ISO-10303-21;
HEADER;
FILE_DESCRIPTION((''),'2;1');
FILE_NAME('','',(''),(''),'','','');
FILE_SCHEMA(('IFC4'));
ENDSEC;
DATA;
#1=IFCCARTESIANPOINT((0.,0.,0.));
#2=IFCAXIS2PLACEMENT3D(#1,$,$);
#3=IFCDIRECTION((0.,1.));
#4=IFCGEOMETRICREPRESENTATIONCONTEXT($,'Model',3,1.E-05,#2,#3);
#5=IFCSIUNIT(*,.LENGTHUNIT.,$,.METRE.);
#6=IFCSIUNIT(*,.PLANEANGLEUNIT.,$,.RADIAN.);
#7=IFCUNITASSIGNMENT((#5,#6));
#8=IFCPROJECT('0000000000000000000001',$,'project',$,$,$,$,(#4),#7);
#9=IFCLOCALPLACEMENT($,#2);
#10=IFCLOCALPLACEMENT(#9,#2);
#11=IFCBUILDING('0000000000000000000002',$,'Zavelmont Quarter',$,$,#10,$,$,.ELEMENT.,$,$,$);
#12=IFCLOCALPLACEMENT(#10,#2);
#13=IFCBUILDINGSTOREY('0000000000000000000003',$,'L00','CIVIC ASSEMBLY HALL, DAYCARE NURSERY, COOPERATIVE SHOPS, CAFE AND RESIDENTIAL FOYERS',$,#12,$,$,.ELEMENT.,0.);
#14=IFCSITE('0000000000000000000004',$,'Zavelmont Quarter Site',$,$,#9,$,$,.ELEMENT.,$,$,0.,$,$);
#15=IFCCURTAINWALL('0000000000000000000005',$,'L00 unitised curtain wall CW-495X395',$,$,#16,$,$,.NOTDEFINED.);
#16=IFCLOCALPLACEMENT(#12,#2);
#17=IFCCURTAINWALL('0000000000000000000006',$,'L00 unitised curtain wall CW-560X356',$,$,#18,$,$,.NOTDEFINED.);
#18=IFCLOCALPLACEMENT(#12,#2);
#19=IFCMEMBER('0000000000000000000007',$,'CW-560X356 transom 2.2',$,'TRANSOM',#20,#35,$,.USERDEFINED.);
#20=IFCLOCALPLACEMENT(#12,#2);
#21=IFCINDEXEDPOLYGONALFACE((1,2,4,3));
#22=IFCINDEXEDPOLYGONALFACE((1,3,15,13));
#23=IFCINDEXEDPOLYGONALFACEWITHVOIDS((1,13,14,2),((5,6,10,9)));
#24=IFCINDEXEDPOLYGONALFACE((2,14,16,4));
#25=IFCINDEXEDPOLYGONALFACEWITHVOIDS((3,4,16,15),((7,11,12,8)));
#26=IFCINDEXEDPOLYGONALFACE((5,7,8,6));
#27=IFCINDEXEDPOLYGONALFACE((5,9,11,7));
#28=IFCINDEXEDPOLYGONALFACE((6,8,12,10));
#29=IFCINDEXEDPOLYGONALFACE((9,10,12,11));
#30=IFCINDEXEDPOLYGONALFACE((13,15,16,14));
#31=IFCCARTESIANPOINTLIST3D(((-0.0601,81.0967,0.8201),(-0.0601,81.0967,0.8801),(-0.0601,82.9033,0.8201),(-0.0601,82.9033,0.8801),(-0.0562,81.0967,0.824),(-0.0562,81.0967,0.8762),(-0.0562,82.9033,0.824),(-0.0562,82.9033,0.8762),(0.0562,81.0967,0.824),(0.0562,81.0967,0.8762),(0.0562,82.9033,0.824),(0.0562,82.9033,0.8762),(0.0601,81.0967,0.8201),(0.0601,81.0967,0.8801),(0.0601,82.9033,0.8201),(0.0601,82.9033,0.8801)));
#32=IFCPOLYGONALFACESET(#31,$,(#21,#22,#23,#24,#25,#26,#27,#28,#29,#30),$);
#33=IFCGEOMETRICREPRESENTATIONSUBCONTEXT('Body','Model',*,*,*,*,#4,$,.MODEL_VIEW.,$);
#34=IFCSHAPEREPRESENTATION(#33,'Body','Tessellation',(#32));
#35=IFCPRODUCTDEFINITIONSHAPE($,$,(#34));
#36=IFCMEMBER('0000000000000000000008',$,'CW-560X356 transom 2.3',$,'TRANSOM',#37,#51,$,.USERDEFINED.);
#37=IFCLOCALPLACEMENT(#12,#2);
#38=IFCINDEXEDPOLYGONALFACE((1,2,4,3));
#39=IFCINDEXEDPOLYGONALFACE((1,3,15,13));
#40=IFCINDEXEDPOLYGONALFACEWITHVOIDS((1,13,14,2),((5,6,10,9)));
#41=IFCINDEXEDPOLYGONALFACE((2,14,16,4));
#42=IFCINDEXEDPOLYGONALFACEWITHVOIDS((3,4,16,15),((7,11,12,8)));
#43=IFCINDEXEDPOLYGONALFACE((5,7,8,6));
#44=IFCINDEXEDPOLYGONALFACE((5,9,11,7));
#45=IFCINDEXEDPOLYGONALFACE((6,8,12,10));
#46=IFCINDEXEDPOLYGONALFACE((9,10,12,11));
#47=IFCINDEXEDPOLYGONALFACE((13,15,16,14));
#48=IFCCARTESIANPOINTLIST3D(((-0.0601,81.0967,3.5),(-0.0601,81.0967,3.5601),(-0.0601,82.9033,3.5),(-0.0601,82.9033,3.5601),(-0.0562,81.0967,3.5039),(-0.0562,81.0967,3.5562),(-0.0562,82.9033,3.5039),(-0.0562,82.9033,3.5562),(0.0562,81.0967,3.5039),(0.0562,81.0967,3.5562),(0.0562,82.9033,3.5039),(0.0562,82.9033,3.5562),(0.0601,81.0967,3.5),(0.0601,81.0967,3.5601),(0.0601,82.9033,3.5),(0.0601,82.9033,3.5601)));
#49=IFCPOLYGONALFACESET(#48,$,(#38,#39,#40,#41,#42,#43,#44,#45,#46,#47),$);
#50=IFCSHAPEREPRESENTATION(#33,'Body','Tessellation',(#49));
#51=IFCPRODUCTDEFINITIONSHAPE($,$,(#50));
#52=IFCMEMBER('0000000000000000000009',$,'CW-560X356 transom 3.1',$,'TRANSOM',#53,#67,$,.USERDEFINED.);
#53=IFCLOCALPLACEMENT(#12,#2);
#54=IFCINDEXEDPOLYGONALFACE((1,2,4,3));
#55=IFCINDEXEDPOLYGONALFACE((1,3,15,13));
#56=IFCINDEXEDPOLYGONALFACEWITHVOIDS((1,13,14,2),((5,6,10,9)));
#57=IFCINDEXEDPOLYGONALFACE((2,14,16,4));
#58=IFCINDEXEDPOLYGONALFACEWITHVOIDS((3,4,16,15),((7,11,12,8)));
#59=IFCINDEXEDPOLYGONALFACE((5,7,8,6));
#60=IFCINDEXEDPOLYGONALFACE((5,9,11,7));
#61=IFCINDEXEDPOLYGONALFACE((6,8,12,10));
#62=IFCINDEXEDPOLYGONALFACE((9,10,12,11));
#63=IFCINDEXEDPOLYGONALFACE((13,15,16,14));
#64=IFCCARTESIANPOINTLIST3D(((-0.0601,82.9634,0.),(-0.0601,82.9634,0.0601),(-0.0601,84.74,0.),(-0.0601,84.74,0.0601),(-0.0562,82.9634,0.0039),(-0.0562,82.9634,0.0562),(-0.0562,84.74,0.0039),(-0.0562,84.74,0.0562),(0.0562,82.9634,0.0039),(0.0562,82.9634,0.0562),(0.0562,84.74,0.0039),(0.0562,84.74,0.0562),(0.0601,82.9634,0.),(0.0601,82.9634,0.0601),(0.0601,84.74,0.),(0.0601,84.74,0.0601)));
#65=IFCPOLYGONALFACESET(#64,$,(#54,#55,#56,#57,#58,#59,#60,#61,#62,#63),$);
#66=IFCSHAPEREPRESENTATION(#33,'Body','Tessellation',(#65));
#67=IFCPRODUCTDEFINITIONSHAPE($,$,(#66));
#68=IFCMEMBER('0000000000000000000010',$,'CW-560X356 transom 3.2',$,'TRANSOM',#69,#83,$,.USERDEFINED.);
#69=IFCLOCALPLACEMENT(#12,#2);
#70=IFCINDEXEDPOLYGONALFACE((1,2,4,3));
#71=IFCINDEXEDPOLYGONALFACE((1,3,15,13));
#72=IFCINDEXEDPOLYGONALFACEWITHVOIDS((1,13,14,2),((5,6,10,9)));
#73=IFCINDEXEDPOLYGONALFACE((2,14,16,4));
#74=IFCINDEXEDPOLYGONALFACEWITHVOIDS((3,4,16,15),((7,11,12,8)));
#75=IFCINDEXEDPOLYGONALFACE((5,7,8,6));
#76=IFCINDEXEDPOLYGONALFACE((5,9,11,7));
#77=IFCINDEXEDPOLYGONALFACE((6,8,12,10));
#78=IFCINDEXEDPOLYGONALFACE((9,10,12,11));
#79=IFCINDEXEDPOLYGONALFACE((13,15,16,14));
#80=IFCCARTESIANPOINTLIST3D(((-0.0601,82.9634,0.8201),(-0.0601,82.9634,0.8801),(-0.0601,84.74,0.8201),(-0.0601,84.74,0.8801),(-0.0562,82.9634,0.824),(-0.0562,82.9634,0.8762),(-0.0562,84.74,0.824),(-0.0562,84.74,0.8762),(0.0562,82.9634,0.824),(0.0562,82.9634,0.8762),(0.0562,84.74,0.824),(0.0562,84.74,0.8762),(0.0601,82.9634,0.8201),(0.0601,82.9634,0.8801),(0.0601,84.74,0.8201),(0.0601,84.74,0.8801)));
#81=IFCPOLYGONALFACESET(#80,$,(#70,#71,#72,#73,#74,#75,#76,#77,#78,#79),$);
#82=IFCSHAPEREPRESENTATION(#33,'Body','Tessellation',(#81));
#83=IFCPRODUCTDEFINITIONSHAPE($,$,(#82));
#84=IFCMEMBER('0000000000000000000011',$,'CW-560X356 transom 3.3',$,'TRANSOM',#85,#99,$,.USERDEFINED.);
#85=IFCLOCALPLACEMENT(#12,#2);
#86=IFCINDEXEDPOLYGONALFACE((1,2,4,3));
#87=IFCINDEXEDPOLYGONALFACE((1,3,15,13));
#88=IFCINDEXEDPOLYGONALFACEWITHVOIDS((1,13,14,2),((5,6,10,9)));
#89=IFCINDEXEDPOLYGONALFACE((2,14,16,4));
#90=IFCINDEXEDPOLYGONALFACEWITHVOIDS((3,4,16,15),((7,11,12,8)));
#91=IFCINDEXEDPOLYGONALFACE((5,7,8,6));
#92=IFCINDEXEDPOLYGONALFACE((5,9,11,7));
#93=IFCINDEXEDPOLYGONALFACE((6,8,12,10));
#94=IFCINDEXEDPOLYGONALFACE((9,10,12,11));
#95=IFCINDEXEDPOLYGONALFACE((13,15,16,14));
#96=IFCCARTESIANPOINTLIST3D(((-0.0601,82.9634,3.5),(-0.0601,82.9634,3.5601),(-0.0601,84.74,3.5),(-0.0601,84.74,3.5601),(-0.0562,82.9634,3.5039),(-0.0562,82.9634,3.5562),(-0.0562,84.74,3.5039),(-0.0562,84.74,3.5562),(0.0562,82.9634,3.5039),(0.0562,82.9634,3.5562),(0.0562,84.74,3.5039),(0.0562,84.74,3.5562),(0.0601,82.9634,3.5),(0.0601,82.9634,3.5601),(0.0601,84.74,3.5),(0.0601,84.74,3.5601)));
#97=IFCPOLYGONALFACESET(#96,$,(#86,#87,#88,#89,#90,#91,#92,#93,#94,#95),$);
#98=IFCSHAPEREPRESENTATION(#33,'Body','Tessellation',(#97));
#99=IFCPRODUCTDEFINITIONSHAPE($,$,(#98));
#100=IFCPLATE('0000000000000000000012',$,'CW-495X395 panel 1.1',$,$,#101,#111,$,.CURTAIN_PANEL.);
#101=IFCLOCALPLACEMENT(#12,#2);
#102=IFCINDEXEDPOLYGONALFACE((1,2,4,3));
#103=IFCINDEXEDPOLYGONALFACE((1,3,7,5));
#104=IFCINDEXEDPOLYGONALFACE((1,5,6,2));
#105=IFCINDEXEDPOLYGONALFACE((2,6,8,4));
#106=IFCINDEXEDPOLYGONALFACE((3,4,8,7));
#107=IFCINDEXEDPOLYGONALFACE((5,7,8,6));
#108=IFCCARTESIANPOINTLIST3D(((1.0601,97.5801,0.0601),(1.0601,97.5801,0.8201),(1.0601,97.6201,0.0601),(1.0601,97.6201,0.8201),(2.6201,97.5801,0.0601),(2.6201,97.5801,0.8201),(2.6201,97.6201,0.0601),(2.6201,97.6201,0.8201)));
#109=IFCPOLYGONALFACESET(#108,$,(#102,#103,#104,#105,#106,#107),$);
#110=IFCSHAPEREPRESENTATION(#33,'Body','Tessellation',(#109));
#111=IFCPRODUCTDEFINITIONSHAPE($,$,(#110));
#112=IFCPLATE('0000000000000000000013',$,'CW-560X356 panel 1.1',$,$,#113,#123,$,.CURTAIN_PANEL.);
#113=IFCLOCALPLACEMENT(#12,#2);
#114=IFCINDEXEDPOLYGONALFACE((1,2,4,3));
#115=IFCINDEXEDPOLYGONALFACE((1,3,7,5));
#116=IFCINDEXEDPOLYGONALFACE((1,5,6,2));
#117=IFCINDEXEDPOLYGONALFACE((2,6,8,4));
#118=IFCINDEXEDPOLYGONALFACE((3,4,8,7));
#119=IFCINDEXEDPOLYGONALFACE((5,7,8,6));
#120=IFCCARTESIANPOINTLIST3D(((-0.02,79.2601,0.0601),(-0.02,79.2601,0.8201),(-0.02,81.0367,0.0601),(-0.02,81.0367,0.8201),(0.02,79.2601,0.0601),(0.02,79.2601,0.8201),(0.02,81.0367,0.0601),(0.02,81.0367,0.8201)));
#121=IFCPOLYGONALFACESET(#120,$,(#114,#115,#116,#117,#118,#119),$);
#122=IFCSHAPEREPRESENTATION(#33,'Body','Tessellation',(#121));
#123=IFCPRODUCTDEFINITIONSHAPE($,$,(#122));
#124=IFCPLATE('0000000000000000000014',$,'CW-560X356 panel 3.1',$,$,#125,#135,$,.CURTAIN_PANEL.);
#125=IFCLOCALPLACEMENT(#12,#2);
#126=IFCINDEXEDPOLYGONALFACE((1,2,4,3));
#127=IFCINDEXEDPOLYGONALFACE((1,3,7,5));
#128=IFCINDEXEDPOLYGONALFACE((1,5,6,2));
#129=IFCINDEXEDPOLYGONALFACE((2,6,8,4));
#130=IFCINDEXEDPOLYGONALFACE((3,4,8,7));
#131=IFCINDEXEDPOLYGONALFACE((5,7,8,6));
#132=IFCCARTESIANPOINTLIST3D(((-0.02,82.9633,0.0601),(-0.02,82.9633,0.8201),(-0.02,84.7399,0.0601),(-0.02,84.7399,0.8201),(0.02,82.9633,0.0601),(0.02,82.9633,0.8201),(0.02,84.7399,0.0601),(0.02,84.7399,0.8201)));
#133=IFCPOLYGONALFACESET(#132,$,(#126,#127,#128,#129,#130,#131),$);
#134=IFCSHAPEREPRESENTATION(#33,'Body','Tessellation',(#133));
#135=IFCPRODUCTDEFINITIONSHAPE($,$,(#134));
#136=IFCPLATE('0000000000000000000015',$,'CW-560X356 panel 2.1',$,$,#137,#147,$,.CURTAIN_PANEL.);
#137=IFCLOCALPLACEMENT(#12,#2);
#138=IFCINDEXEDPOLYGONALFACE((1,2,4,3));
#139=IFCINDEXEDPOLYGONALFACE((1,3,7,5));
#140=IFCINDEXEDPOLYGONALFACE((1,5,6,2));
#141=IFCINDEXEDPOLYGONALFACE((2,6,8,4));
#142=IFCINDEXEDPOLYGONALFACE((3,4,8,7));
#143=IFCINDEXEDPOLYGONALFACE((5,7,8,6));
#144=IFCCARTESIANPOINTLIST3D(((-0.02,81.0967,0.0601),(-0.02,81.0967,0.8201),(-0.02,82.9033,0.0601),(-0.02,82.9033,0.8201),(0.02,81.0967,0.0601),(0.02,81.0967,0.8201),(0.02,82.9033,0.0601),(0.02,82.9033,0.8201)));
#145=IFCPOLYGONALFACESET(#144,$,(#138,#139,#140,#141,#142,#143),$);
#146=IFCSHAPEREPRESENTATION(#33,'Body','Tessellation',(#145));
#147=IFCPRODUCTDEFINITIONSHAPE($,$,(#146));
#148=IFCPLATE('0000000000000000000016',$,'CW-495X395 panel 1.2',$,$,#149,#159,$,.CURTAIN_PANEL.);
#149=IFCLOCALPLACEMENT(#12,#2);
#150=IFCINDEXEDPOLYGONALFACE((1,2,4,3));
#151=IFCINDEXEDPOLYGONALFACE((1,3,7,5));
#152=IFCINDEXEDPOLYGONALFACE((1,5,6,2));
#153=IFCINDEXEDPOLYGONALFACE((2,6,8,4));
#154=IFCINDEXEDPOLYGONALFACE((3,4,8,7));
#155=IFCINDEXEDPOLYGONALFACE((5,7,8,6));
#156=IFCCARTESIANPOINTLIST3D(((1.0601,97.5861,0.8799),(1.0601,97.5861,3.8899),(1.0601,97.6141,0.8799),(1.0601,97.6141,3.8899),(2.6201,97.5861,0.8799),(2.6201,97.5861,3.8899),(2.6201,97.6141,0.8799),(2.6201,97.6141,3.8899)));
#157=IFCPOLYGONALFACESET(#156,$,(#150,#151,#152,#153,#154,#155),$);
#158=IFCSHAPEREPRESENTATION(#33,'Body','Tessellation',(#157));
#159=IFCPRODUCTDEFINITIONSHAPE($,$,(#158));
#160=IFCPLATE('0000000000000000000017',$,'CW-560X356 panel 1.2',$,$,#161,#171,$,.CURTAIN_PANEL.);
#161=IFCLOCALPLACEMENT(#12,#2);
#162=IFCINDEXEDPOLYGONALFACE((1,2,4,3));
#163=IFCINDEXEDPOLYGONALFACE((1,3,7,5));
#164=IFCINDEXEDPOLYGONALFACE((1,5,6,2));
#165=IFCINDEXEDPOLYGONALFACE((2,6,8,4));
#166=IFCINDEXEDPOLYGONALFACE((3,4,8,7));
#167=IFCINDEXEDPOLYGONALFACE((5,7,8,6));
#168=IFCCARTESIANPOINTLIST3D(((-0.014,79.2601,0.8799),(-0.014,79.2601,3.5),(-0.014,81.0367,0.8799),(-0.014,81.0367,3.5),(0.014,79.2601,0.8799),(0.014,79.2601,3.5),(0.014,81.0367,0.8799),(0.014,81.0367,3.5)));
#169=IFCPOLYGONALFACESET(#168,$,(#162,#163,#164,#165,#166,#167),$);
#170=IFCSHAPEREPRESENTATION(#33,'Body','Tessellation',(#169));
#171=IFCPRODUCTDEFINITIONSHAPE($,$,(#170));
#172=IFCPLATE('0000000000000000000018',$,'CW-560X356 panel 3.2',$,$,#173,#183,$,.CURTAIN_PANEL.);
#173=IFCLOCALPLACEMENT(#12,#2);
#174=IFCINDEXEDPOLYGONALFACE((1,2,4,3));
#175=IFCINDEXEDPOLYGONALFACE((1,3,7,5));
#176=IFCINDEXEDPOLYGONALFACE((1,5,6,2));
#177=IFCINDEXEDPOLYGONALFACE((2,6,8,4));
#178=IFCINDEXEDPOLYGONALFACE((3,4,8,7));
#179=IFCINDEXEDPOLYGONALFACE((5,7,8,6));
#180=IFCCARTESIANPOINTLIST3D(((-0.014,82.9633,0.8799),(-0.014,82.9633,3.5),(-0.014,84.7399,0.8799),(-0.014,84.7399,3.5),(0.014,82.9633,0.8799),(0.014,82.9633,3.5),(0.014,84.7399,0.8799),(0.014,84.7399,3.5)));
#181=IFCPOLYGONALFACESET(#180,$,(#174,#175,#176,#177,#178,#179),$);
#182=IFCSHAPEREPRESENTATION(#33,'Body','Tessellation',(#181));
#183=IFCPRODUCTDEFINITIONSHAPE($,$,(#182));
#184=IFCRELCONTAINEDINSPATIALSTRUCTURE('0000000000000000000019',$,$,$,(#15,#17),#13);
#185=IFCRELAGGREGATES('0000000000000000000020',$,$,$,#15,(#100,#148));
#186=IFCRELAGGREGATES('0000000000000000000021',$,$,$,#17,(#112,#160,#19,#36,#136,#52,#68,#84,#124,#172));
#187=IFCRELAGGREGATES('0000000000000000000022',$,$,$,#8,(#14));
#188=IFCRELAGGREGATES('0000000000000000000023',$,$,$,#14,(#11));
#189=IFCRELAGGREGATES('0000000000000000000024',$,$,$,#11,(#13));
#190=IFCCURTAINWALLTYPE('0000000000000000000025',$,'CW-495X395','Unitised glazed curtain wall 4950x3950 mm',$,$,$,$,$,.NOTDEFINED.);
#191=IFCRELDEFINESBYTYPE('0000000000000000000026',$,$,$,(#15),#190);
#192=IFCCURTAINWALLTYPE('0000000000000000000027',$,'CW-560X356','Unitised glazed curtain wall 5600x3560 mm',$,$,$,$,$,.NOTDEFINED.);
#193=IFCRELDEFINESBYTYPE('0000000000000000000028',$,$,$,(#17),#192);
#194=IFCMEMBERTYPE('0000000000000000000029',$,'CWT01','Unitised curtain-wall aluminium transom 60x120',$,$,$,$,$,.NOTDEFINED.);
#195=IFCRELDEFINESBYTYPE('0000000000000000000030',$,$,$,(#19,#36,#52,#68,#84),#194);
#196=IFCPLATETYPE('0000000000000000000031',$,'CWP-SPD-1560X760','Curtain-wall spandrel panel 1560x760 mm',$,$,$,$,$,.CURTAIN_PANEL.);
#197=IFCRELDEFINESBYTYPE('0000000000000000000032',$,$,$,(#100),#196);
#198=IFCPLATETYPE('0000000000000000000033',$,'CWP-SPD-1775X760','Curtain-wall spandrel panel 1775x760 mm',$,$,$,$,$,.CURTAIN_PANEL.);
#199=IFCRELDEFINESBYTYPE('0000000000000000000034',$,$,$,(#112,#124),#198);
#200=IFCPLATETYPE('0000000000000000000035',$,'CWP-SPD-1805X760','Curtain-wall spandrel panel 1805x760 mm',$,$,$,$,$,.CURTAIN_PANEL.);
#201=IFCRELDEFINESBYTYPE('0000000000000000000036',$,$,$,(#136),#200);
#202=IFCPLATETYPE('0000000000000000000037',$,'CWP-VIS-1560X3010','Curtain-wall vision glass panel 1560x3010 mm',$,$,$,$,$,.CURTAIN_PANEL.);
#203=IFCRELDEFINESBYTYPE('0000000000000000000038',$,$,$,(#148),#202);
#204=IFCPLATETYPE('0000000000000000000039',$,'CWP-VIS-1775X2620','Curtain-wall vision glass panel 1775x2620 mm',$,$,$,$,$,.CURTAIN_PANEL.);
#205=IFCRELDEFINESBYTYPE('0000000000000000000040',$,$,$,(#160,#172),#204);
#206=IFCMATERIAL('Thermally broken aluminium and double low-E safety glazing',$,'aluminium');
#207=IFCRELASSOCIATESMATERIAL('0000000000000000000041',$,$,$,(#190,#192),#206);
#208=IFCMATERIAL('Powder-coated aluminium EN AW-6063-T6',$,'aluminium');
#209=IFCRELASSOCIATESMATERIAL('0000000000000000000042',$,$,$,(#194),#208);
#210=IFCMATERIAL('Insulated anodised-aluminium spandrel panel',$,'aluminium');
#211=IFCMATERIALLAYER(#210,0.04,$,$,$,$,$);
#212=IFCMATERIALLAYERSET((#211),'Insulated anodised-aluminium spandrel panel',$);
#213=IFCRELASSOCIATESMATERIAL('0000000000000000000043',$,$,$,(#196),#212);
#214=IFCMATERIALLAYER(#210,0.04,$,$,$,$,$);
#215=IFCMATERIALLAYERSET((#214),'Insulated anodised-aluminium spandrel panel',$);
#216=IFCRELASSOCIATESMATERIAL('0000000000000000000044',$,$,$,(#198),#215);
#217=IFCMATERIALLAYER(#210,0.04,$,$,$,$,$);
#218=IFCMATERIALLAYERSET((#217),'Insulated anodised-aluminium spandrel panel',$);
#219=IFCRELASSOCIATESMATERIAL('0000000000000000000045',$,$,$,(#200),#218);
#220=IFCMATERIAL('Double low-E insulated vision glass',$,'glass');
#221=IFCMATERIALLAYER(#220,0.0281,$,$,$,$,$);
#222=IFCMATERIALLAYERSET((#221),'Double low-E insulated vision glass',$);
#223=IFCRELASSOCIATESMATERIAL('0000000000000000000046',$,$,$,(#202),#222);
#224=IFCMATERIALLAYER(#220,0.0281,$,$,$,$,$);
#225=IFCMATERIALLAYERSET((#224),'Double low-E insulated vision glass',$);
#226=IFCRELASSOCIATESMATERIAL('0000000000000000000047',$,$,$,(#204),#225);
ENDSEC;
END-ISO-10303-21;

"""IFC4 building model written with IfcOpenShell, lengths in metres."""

from ifc_helpers import new_model, si_unit, direction, frame, origin, origin_2d, place, context, subcontext, project, spatial, rectangle, hollow_rectangle, extrude, material, layer, layer_set, material_profile, profile_set, type_object, element, aggregate, save


model = new_model("IFC4")

# Units and contexts
model_context = context("Model", 3, precision=1e-05, world=origin(), true_north=direction((0.0, 1.0)))
body_context = subcontext(model_context, "Body", "Model", "MODEL_VIEW")
ifc_project = project(units=[si_unit("LENGTHUNIT", "METRE"), si_unit("PLANEANGLEUNIT", "RADIAN")], contexts=[model_context])

# Site, building, storey
site_placement = place(None, origin())
site = spatial("IfcSite", under=ifc_project, at=site_placement, Name="Zavelmont Quarter Site", CompositionType="ELEMENT", RefElevation=0.0)
building_placement = place(site_placement, origin())
building = spatial("IfcBuilding", under=site, at=building_placement, Name="Zavelmont Quarter", CompositionType="ELEMENT")
storey_placement = place(building_placement, origin())
storey = spatial("IfcBuildingStorey", under=building, at=storey_placement, Name="L00", Description="CIVIC ASSEMBLY HALL, DAYCARE NURSERY, COOPERATIVE SHOPS, CAFE AND RESIDENTIAL FOYERS", CompositionType="ELEMENT", Elevation=0.0)

# Curtain walls
ifc_material_1 = material(Name="Thermally broken aluminium and double low-E safety glazing", Category="aluminium")
curtain_wall_type_1 = type_object("IfcCurtainWallType", Name="CW-495X395", Description="Unitised glazed curtain wall 4950x3950 mm", PredefinedType="NOTDEFINED", material=ifc_material_1)
curtain_wall_1_placement = place(storey_placement, origin())
curtain_wall_1 = element("IfcCurtainWall", 1, at=curtain_wall_1_placement, inside=storey, type_object=curtain_wall_type_1, Name="L00 unitised curtain wall CW-495X395", PredefinedType="NOTDEFINED")
ifc_material_2 = material(Name="Powder-coated aluminium EN AW-6063-T6", Category="aluminium")
curtain_wall_type_2 = type_object("IfcCurtainWallType", Name="CW-560X356", Description="Unitised glazed curtain wall 5600x3560 mm", PredefinedType="NOTDEFINED", material=ifc_material_1)
curtain_wall_2_placement = place(storey_placement, origin())
curtain_wall_2 = element("IfcCurtainWall", 2, at=curtain_wall_2_placement, inside=storey, type_object=curtain_wall_type_2, Name="L00 unitised curtain wall CW-560X356", PredefinedType="NOTDEFINED")

# Members
ifc_material_profile_1 = material_profile(ifc_material_2, hollow_rectangle(XDim=0.1201, YDim=0.0601, WallThickness=0.0039, at=origin_2d()), Name="CWT60X120")
ifc_profile_set_1 = profile_set([ifc_material_profile_1], Name="Powder-coated aluminium EN AW-6063-T6")
member_type_1 = type_object("IfcMemberType", Name="CWT01", Description="Unitised curtain-wall aluminium transom 60x120", PredefinedType="NOTDEFINED", material=ifc_profile_set_1)
member_1_placement = place(storey_placement, frame((0.0, 81.0967, 0.8501), z_axis=(0.0, 1.0, 0.0), x_axis=(-1.0, 0.0, 0.0)))
member_1 = element("IfcMember", 3, at=member_1_placement, type_object=member_type_1, Name="CW-560X356 transom 2.2", ObjectType="TRANSOM", PredefinedType="USERDEFINED", context=body_context, shape_type="SweptSolid", body=[
    extrude(hollow_rectangle(XDim=0.1201, YDim=0.0601, WallThickness=0.0039, at=origin_2d()), origin(), (0.0, 0.0, 1.0), 1.8066),
])
member_2_placement = place(storey_placement, frame((0.0, 81.0967, 3.53), z_axis=(0.0, 1.0, 0.0), x_axis=(-1.0, 0.0, 0.0)))
member_2 = element("IfcMember", 4, at=member_2_placement, type_object=member_type_1, Name="CW-560X356 transom 2.3", ObjectType="TRANSOM", PredefinedType="USERDEFINED", context=body_context, shape_type="SweptSolid", body=[
    extrude(hollow_rectangle(XDim=0.1201, YDim=0.0601, WallThickness=0.0039, at=origin_2d()), origin(), (0.0, 0.0, 1.0), 1.8066),
])
member_3_placement = place(storey_placement, frame((0.0, 82.9634, 0.03), z_axis=(0.0, 1.0, 0.0), x_axis=(-1.0, 0.0, 0.0)))
member_3 = element("IfcMember", 5, at=member_3_placement, type_object=member_type_1, Name="CW-560X356 transom 3.1", ObjectType="TRANSOM", PredefinedType="USERDEFINED", context=body_context, shape_type="SweptSolid", body=[
    extrude(hollow_rectangle(XDim=0.1201, YDim=0.0601, WallThickness=0.0039, at=origin_2d()), origin(), (0.0, 0.0, 1.0), 1.7766),
])
member_4_placement = place(storey_placement, frame((0.0, 82.9634, 0.8501), z_axis=(0.0, 1.0, 0.0), x_axis=(-1.0, 0.0, 0.0)))
member_4 = element("IfcMember", 6, at=member_4_placement, type_object=member_type_1, Name="CW-560X356 transom 3.2", ObjectType="TRANSOM", PredefinedType="USERDEFINED", context=body_context, shape_type="SweptSolid", body=[
    extrude(hollow_rectangle(XDim=0.1201, YDim=0.0601, WallThickness=0.0039, at=origin_2d()), origin(), (0.0, 0.0, 1.0), 1.7766),
])
member_5_placement = place(storey_placement, frame((0.0, 82.9634, 3.53), z_axis=(0.0, 1.0, 0.0), x_axis=(-1.0, 0.0, 0.0)))
member_5 = element("IfcMember", 7, at=member_5_placement, type_object=member_type_1, Name="CW-560X356 transom 3.3", ObjectType="TRANSOM", PredefinedType="USERDEFINED", context=body_context, shape_type="SweptSolid", body=[
    extrude(hollow_rectangle(XDim=0.1201, YDim=0.0601, WallThickness=0.0039, at=origin_2d()), origin(), (0.0, 0.0, 1.0), 1.7766),
])

# Plates
ifc_material_3 = material(Name="Insulated anodised-aluminium spandrel panel", Category="aluminium")
ifc_layer_1 = layer(ifc_material_3, 0.04)
ifc_layer_set_1 = layer_set([ifc_layer_1], Name="Insulated anodised-aluminium spandrel panel")
plate_type_1 = type_object("IfcPlateType", Name="CWP-SPD-1560X760", Description="Curtain-wall spandrel panel 1560x760 mm", PredefinedType="CURTAIN_PANEL", material=ifc_layer_set_1)
plate_1_placement = place(storey_placement, frame((1.8401, 97.6001, 0.0601), z_axis=(0.0, 0.0, 1.0), x_axis=(1.0, 0.0, 0.0)))
plate_1 = element("IfcPlate", 8, at=plate_1_placement, type_object=plate_type_1, Name="CW-495X395 panel 1.1", PredefinedType="CURTAIN_PANEL", context=body_context, shape_type="SweptSolid", body=[
    extrude(rectangle(XDim=1.5601, YDim=0.04, at=origin_2d()), origin(), (0.0, 0.0, 1.0), 0.76),
])
ifc_layer_2 = layer(ifc_material_3, 0.04)
ifc_layer_set_2 = layer_set([ifc_layer_2], Name="Insulated anodised-aluminium spandrel panel")
plate_type_2 = type_object("IfcPlateType", Name="CWP-SPD-1775X760", Description="Curtain-wall spandrel panel 1775x760 mm", PredefinedType="CURTAIN_PANEL", material=ifc_layer_set_2)
plate_2_placement = place(storey_placement, frame((0.0, 80.1484, 0.0601), z_axis=(0.0, 0.0, 1.0), x_axis=(0.0, 1.0, 0.0)))
plate_2 = element("IfcPlate", 9, at=plate_2_placement, type_object=plate_type_2, Name="CW-560X356 panel 1.1", PredefinedType="CURTAIN_PANEL", context=body_context, shape_type="SweptSolid", body=[
    extrude(rectangle(XDim=1.7766, YDim=0.04, at=origin_2d()), origin(), (0.0, 0.0, 1.0), 0.76),
])
plate_3_placement = place(storey_placement, frame((0.0, 83.8516, 0.0601), z_axis=(0.0, 0.0, 1.0), x_axis=(0.0, 1.0, 0.0)))
plate_3 = element("IfcPlate", 10, at=plate_3_placement, type_object=plate_type_2, Name="CW-560X356 panel 3.1", PredefinedType="CURTAIN_PANEL", context=body_context, shape_type="SweptSolid", body=[
    extrude(rectangle(XDim=1.7766, YDim=0.04, at=origin_2d()), origin(), (0.0, 0.0, 1.0), 0.76),
])
ifc_layer_3 = layer(ifc_material_3, 0.04)
ifc_layer_set_3 = layer_set([ifc_layer_3], Name="Insulated anodised-aluminium spandrel panel")
plate_type_3 = type_object("IfcPlateType", Name="CWP-SPD-1805X760", Description="Curtain-wall spandrel panel 1805x760 mm", PredefinedType="CURTAIN_PANEL", material=ifc_layer_set_3)
plate_4_placement = place(storey_placement, frame((0.0, 82.0, 0.0601), z_axis=(0.0, 0.0, 1.0), x_axis=(0.0, 1.0, 0.0)))
plate_4 = element("IfcPlate", 11, at=plate_4_placement, type_object=plate_type_3, Name="CW-560X356 panel 2.1", PredefinedType="CURTAIN_PANEL", context=body_context, shape_type="SweptSolid", body=[
    extrude(rectangle(XDim=1.8066, YDim=0.04, at=origin_2d()), origin(), (0.0, 0.0, 1.0), 0.76),
])
ifc_material_4 = material(Name="Double low-E insulated vision glass", Category="glass")
ifc_layer_4 = layer(ifc_material_4, 0.0281)
ifc_layer_set_4 = layer_set([ifc_layer_4], Name="Double low-E insulated vision glass")
plate_type_4 = type_object("IfcPlateType", Name="CWP-VIS-1560X3010", Description="Curtain-wall vision glass panel 1560x3010 mm", PredefinedType="CURTAIN_PANEL", material=ifc_layer_set_4)
plate_5_placement = place(storey_placement, frame((1.8401, 97.6001, 0.8799), z_axis=(0.0, 0.0, 1.0), x_axis=(1.0, 0.0, 0.0)))
plate_5 = element("IfcPlate", 12, at=plate_5_placement, type_object=plate_type_4, Name="CW-495X395 panel 1.2", PredefinedType="CURTAIN_PANEL", context=body_context, shape_type="SweptSolid", body=[
    extrude(rectangle(XDim=1.5601, YDim=0.0281, at=origin_2d()), origin(), (0.0, 0.0, 1.0), 3.01),
])
aggregate(curtain_wall_1, [plate_1, plate_5])
ifc_layer_5 = layer(ifc_material_4, 0.0281)
ifc_layer_set_5 = layer_set([ifc_layer_5], Name="Double low-E insulated vision glass")
plate_type_5 = type_object("IfcPlateType", Name="CWP-VIS-1775X2620", Description="Curtain-wall vision glass panel 1775x2620 mm", PredefinedType="CURTAIN_PANEL", material=ifc_layer_set_5)
plate_6_placement = place(storey_placement, frame((0.0, 80.1484, 0.8799), z_axis=(0.0, 0.0, 1.0), x_axis=(0.0, 1.0, 0.0)))
plate_6 = element("IfcPlate", 13, at=plate_6_placement, type_object=plate_type_5, Name="CW-560X356 panel 1.2", PredefinedType="CURTAIN_PANEL", context=body_context, shape_type="SweptSolid", body=[
    extrude(rectangle(XDim=1.7766, YDim=0.0281, at=origin_2d()), origin(), (0.0, 0.0, 1.0), 2.6201),
])
plate_7_placement = place(storey_placement, frame((0.0, 83.8516, 0.8799), z_axis=(0.0, 0.0, 1.0), x_axis=(0.0, 1.0, 0.0)))
plate_7 = element("IfcPlate", 14, at=plate_7_placement, type_object=plate_type_5, Name="CW-560X356 panel 3.2", PredefinedType="CURTAIN_PANEL", context=body_context, shape_type="SweptSolid", body=[
    extrude(rectangle(XDim=1.7766, YDim=0.0281, at=origin_2d()), origin(), (0.0, 0.0, 1.0), 2.6201),
])
aggregate(curtain_wall_2, [plate_2, plate_6, member_1, member_2, plate_4, member_3, member_4, member_5, plate_3, plate_7])

save(model, "model.ifc")
